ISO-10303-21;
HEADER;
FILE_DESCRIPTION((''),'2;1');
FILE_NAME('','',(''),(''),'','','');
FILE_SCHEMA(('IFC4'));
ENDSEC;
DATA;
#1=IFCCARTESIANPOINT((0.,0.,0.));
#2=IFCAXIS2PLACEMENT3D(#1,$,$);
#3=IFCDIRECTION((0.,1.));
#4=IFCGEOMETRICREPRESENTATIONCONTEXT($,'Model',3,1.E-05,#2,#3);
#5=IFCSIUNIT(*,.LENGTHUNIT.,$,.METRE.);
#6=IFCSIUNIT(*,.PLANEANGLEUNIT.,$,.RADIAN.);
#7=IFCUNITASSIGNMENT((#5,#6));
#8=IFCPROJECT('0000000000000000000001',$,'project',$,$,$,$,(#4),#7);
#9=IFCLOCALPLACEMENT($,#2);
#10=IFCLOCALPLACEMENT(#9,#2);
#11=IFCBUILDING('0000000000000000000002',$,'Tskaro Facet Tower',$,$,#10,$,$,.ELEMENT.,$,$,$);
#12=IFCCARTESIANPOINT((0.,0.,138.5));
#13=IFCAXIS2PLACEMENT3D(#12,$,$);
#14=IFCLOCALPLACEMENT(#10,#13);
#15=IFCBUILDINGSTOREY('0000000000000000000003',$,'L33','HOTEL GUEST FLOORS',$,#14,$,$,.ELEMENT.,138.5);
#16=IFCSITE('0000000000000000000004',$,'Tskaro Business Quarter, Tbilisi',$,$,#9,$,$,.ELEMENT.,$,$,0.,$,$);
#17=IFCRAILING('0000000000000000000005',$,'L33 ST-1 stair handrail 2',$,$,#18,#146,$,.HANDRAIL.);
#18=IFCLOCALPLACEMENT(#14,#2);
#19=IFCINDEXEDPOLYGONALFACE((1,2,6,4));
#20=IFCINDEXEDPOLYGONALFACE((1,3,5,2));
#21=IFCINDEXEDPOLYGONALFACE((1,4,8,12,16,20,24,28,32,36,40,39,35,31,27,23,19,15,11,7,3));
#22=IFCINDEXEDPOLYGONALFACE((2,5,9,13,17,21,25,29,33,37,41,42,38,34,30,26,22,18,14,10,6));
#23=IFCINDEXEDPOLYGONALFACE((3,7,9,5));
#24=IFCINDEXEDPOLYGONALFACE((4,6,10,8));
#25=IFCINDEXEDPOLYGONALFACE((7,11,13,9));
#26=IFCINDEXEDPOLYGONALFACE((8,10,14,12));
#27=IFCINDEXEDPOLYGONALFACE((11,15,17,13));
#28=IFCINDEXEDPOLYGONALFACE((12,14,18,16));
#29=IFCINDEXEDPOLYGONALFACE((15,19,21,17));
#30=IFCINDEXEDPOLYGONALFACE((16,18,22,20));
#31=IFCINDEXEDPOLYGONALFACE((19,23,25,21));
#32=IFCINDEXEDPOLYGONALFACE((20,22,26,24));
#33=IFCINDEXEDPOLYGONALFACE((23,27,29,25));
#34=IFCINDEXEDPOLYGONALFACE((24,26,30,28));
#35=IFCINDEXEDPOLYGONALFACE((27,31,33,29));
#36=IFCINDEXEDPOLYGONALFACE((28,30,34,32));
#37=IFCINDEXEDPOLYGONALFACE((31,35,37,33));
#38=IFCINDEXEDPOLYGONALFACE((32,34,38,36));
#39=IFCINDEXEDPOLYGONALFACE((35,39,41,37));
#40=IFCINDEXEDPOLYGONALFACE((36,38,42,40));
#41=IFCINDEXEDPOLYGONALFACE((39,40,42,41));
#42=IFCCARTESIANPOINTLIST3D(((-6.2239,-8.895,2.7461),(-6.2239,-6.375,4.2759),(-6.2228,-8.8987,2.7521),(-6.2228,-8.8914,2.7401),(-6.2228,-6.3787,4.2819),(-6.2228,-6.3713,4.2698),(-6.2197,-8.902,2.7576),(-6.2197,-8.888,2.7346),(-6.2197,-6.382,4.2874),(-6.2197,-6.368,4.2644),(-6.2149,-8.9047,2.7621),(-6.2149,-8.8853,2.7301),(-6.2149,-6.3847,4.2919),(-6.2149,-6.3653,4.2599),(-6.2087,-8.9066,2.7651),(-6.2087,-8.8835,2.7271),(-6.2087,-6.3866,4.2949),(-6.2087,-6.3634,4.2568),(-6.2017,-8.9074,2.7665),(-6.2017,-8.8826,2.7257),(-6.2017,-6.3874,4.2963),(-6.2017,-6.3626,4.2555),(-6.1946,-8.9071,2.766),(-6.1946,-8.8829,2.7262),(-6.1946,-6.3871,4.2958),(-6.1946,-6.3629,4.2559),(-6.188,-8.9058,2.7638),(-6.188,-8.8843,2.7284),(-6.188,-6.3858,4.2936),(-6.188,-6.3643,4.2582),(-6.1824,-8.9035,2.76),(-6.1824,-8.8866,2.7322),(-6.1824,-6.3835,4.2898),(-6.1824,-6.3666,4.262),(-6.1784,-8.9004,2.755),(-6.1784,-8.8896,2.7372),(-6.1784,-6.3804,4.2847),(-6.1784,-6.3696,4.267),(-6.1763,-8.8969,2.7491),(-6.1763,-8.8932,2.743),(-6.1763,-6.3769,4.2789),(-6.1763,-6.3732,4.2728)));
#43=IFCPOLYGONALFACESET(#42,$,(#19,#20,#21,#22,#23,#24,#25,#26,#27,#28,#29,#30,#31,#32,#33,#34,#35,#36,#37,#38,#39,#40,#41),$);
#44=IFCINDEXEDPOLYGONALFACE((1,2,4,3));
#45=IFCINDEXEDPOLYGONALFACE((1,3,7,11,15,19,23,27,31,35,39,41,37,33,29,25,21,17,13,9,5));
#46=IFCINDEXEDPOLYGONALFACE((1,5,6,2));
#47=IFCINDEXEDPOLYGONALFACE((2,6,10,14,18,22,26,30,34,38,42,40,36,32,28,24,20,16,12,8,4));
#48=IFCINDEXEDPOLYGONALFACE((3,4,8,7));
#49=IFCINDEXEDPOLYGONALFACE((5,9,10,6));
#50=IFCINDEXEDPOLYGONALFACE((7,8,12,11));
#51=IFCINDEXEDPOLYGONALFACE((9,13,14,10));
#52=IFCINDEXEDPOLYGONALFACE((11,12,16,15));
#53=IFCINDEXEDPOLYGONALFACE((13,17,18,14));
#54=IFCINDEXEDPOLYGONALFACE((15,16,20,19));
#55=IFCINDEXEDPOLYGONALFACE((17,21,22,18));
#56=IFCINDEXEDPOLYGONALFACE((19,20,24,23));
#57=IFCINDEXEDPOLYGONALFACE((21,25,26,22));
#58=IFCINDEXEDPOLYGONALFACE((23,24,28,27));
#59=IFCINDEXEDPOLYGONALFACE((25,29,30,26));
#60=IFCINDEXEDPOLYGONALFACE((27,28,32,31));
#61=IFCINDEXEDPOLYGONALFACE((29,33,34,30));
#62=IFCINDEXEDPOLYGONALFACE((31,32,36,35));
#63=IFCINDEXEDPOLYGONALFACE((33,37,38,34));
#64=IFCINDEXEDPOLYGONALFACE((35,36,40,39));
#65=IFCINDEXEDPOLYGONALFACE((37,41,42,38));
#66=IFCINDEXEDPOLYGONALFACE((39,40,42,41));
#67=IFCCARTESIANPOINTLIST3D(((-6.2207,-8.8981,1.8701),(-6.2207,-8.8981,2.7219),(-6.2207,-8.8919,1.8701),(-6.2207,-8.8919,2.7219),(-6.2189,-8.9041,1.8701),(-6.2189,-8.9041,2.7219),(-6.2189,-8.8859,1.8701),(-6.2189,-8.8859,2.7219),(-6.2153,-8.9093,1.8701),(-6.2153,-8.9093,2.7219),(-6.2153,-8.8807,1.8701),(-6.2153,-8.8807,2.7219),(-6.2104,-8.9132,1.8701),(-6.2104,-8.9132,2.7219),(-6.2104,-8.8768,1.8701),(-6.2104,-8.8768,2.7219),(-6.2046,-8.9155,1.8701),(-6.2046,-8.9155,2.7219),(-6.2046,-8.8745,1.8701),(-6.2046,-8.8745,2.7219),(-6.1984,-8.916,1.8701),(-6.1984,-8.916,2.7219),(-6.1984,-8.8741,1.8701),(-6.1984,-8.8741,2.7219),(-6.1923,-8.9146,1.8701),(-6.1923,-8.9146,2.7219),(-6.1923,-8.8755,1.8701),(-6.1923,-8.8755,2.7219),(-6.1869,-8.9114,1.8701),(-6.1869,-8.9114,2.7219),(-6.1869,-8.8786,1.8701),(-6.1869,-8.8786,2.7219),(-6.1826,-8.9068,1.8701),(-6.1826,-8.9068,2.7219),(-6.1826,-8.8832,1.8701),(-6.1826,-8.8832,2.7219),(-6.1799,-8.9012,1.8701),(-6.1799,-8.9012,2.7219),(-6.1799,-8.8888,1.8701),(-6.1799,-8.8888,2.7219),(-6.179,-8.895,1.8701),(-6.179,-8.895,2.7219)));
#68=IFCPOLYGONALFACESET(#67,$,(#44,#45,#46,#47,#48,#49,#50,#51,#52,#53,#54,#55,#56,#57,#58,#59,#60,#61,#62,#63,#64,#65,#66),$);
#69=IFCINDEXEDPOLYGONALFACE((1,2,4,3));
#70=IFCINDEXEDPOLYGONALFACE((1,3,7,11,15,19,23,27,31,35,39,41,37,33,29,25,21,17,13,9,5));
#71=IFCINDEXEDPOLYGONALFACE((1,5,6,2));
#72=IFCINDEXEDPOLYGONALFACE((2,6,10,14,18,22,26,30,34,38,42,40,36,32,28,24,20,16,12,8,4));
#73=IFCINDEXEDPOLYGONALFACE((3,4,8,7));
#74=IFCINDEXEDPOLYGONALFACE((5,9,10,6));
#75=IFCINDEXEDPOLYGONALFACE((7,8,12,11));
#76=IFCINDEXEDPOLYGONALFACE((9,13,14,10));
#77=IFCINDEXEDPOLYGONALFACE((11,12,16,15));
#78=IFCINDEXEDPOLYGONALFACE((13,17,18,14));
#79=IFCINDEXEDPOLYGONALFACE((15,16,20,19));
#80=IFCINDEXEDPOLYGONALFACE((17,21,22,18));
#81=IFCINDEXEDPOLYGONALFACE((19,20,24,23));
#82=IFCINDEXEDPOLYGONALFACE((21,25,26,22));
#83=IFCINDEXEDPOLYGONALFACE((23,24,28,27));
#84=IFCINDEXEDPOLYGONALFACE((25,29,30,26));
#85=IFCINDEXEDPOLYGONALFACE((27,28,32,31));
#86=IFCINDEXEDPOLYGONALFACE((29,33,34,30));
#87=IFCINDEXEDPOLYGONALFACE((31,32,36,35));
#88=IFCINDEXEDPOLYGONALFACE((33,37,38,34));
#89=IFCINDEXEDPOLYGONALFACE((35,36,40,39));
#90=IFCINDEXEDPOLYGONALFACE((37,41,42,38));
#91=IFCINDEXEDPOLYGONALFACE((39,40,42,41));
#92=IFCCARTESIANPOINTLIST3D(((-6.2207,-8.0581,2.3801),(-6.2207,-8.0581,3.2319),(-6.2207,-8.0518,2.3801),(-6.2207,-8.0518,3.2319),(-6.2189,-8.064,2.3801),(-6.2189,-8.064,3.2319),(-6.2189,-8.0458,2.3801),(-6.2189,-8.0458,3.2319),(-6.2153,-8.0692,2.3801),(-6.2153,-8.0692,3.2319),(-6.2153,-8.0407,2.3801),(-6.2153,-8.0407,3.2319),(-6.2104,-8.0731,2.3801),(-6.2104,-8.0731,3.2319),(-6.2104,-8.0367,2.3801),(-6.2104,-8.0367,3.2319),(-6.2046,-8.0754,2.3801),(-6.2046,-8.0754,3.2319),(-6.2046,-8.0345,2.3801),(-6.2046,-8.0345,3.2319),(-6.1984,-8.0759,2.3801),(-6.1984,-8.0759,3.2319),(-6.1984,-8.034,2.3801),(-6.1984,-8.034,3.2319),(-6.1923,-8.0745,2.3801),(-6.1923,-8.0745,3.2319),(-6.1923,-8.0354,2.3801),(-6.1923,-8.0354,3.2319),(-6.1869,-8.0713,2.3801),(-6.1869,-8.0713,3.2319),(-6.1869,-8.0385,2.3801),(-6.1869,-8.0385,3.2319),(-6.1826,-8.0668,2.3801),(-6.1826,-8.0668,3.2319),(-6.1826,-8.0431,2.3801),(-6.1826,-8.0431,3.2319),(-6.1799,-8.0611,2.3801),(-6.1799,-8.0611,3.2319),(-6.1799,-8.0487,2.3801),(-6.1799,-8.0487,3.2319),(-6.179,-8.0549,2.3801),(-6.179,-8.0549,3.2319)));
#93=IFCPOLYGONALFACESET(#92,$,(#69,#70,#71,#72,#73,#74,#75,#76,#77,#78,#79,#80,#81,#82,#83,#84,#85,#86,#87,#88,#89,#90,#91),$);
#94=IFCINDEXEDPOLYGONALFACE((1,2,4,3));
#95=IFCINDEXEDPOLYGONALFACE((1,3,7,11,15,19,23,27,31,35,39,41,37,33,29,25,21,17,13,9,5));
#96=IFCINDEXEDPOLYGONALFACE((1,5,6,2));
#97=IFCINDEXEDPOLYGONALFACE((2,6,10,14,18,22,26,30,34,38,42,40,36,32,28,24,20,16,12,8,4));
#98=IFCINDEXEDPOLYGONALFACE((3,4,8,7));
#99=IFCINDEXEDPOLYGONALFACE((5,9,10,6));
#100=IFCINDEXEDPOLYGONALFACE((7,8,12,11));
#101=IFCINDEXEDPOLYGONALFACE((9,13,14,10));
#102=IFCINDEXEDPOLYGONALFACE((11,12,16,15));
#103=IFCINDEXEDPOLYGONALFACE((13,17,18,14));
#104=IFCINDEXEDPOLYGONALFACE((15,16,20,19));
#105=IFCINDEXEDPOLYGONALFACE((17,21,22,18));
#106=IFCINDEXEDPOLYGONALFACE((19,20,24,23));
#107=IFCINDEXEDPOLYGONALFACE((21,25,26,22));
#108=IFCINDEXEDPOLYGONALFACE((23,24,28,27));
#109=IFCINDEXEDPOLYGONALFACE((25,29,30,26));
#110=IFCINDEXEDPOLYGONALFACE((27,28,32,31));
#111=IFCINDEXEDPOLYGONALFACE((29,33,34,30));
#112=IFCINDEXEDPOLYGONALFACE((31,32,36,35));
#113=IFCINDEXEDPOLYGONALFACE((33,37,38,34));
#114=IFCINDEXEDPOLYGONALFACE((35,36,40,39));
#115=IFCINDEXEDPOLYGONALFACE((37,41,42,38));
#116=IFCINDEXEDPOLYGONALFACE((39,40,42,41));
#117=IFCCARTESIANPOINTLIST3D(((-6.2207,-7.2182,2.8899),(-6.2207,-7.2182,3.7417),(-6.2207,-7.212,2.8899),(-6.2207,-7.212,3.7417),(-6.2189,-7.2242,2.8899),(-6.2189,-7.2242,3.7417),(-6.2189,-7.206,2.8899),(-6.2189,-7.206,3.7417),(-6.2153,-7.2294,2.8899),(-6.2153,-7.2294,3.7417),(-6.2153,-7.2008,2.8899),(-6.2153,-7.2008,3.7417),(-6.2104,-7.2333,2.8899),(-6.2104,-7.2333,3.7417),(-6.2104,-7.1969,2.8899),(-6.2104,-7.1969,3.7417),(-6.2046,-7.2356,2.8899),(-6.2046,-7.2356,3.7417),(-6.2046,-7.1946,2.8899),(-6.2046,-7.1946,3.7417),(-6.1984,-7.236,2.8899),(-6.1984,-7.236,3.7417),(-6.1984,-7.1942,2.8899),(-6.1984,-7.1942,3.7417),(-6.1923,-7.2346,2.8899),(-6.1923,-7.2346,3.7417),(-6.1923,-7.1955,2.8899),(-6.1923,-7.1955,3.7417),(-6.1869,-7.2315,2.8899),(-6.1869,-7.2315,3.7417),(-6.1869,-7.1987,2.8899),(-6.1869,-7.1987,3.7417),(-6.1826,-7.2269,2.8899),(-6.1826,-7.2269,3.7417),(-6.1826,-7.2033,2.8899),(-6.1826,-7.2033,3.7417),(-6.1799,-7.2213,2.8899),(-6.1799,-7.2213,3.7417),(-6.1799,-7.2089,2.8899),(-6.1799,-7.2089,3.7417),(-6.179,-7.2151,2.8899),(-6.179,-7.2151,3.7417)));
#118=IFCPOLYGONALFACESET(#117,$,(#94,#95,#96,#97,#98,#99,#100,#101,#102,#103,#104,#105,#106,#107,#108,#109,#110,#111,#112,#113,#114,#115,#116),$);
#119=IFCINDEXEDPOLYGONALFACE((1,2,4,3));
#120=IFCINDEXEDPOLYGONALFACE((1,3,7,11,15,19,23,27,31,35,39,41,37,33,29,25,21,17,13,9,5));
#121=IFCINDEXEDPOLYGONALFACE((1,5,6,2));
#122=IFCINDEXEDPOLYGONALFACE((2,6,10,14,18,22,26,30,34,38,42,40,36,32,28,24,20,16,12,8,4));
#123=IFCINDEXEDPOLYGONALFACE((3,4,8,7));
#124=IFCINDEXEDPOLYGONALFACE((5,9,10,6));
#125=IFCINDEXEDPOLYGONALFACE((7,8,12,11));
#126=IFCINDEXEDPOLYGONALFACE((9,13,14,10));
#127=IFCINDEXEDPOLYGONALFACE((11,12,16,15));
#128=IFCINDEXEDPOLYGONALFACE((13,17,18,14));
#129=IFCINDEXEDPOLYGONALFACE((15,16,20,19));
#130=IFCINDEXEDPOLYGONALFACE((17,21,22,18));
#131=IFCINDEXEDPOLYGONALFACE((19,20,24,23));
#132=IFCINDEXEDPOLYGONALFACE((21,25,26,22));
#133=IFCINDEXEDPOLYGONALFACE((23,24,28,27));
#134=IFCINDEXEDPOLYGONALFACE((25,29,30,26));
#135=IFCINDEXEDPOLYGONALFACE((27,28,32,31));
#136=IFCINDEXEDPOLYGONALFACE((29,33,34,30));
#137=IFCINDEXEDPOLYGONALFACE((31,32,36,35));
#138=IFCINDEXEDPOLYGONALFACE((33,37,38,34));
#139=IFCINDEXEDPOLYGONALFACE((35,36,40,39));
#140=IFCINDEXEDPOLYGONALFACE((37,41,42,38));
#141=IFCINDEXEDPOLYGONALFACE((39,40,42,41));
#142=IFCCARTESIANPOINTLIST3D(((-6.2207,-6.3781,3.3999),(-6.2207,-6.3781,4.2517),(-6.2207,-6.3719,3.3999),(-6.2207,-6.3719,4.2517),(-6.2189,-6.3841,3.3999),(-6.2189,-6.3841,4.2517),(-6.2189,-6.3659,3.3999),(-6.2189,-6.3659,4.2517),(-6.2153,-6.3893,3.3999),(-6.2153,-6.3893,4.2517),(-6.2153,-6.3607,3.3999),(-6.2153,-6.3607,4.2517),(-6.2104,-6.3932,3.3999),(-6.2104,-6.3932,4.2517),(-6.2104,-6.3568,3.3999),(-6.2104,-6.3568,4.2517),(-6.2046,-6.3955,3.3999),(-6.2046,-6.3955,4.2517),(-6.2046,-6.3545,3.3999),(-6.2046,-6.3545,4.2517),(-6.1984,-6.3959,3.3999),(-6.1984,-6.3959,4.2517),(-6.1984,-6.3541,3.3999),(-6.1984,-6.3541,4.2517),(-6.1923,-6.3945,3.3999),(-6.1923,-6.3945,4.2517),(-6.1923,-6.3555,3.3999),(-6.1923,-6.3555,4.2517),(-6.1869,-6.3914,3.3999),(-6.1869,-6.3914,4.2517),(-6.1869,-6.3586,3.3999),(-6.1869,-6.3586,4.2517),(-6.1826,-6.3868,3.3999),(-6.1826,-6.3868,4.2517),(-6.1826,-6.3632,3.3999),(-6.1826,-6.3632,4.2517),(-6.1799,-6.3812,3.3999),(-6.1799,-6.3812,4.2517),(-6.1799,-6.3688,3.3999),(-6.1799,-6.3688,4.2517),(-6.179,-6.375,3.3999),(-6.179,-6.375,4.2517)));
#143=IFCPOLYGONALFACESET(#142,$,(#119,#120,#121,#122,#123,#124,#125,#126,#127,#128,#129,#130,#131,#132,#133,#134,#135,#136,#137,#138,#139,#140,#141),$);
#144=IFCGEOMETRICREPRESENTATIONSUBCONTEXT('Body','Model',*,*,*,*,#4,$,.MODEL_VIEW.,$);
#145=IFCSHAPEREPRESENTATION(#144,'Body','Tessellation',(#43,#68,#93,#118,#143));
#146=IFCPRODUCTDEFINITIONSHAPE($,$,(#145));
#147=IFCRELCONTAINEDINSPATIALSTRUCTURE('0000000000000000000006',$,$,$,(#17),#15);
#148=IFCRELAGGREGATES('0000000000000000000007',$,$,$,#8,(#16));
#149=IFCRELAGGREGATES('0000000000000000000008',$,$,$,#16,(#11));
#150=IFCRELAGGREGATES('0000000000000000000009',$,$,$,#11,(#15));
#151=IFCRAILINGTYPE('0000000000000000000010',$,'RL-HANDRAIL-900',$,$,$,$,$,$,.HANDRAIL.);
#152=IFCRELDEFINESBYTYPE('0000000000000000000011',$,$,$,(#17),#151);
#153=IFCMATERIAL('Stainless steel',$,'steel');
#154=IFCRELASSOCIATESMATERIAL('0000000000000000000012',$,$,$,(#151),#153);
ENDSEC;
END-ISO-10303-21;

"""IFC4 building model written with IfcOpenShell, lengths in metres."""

from ifc_helpers import new_model, si_unit, direction, frame, origin, origin_2d, place, context, subcontext, project, spatial, circle, extrude, material, type_object, element, save


model = new_model("IFC4")

# Units and contexts
model_context = context("Model", 3, precision=1e-05, world=origin(), true_north=direction((0.0, 1.0)))
body_context = subcontext(model_context, "Body", "Model", "MODEL_VIEW")
ifc_project = project(units=[si_unit("LENGTHUNIT", "METRE"), si_unit("PLANEANGLEUNIT", "RADIAN")], contexts=[model_context])

# Site, building, storey
site_placement = place(None, origin())
site = spatial("IfcSite", under=ifc_project, at=site_placement, Name="Tskaro Business Quarter, Tbilisi", CompositionType="ELEMENT", RefElevation=0.0)
building_placement = place(site_placement, origin())
building = spatial("IfcBuilding", under=site, at=building_placement, Name="Tskaro Facet Tower", CompositionType="ELEMENT")
storey_placement = place(building_placement, frame((0.0, 0.0, 138.5)))
storey = spatial("IfcBuildingStorey", under=building, at=storey_placement, Name="L33", Description="HOTEL GUEST FLOORS", CompositionType="ELEMENT", Elevation=138.5)

# Shared definitions
ifc_material_1 = material(Name="Stainless steel", Category="steel")

# Railing
railing_type_1 = type_object("IfcRailingType", Name="RL-HANDRAIL-900", PredefinedType="HANDRAIL", material=ifc_material_1)
railing_1_placement = place(storey_placement, frame((-6.2, -8.895, 1.8701)))
element("IfcRailing", 1, at=railing_1_placement, inside=storey, type_object=railing_type_1, Name="L33 ST-1 stair handrail 2", PredefinedType="HANDRAIL", context=body_context, shape_type="SweptSolid", body=[
    extrude(circle(Radius=0.0239, at=origin_2d()), frame((0.0, 0.0, 0.876), z_axis=(0.0, 0.854822, 0.518922), x_axis=(-1.0, 0.0, 0.0)), (0.0, 0.0, 1.0), 2.948),
    extrude(circle(Radius=0.021, at=origin_2d()), origin(), (0.0, 0.0, 1.0), 0.8518),
    extrude(circle(Radius=0.021, at=origin_2d()), frame((0.0, 0.8401, 0.51)), (0.0, 0.0, 1.0), 0.8518),
    extrude(circle(Radius=0.021, at=origin_2d()), frame((0.0, 1.6799, 1.0198)), (0.0, 0.0, 1.0), 0.8518),
    extrude(circle(Radius=0.021, at=origin_2d()), frame((0.0, 2.52, 1.5298)), (0.0, 0.0, 1.0), 0.8518),
])

save(model, "model.ifc")
